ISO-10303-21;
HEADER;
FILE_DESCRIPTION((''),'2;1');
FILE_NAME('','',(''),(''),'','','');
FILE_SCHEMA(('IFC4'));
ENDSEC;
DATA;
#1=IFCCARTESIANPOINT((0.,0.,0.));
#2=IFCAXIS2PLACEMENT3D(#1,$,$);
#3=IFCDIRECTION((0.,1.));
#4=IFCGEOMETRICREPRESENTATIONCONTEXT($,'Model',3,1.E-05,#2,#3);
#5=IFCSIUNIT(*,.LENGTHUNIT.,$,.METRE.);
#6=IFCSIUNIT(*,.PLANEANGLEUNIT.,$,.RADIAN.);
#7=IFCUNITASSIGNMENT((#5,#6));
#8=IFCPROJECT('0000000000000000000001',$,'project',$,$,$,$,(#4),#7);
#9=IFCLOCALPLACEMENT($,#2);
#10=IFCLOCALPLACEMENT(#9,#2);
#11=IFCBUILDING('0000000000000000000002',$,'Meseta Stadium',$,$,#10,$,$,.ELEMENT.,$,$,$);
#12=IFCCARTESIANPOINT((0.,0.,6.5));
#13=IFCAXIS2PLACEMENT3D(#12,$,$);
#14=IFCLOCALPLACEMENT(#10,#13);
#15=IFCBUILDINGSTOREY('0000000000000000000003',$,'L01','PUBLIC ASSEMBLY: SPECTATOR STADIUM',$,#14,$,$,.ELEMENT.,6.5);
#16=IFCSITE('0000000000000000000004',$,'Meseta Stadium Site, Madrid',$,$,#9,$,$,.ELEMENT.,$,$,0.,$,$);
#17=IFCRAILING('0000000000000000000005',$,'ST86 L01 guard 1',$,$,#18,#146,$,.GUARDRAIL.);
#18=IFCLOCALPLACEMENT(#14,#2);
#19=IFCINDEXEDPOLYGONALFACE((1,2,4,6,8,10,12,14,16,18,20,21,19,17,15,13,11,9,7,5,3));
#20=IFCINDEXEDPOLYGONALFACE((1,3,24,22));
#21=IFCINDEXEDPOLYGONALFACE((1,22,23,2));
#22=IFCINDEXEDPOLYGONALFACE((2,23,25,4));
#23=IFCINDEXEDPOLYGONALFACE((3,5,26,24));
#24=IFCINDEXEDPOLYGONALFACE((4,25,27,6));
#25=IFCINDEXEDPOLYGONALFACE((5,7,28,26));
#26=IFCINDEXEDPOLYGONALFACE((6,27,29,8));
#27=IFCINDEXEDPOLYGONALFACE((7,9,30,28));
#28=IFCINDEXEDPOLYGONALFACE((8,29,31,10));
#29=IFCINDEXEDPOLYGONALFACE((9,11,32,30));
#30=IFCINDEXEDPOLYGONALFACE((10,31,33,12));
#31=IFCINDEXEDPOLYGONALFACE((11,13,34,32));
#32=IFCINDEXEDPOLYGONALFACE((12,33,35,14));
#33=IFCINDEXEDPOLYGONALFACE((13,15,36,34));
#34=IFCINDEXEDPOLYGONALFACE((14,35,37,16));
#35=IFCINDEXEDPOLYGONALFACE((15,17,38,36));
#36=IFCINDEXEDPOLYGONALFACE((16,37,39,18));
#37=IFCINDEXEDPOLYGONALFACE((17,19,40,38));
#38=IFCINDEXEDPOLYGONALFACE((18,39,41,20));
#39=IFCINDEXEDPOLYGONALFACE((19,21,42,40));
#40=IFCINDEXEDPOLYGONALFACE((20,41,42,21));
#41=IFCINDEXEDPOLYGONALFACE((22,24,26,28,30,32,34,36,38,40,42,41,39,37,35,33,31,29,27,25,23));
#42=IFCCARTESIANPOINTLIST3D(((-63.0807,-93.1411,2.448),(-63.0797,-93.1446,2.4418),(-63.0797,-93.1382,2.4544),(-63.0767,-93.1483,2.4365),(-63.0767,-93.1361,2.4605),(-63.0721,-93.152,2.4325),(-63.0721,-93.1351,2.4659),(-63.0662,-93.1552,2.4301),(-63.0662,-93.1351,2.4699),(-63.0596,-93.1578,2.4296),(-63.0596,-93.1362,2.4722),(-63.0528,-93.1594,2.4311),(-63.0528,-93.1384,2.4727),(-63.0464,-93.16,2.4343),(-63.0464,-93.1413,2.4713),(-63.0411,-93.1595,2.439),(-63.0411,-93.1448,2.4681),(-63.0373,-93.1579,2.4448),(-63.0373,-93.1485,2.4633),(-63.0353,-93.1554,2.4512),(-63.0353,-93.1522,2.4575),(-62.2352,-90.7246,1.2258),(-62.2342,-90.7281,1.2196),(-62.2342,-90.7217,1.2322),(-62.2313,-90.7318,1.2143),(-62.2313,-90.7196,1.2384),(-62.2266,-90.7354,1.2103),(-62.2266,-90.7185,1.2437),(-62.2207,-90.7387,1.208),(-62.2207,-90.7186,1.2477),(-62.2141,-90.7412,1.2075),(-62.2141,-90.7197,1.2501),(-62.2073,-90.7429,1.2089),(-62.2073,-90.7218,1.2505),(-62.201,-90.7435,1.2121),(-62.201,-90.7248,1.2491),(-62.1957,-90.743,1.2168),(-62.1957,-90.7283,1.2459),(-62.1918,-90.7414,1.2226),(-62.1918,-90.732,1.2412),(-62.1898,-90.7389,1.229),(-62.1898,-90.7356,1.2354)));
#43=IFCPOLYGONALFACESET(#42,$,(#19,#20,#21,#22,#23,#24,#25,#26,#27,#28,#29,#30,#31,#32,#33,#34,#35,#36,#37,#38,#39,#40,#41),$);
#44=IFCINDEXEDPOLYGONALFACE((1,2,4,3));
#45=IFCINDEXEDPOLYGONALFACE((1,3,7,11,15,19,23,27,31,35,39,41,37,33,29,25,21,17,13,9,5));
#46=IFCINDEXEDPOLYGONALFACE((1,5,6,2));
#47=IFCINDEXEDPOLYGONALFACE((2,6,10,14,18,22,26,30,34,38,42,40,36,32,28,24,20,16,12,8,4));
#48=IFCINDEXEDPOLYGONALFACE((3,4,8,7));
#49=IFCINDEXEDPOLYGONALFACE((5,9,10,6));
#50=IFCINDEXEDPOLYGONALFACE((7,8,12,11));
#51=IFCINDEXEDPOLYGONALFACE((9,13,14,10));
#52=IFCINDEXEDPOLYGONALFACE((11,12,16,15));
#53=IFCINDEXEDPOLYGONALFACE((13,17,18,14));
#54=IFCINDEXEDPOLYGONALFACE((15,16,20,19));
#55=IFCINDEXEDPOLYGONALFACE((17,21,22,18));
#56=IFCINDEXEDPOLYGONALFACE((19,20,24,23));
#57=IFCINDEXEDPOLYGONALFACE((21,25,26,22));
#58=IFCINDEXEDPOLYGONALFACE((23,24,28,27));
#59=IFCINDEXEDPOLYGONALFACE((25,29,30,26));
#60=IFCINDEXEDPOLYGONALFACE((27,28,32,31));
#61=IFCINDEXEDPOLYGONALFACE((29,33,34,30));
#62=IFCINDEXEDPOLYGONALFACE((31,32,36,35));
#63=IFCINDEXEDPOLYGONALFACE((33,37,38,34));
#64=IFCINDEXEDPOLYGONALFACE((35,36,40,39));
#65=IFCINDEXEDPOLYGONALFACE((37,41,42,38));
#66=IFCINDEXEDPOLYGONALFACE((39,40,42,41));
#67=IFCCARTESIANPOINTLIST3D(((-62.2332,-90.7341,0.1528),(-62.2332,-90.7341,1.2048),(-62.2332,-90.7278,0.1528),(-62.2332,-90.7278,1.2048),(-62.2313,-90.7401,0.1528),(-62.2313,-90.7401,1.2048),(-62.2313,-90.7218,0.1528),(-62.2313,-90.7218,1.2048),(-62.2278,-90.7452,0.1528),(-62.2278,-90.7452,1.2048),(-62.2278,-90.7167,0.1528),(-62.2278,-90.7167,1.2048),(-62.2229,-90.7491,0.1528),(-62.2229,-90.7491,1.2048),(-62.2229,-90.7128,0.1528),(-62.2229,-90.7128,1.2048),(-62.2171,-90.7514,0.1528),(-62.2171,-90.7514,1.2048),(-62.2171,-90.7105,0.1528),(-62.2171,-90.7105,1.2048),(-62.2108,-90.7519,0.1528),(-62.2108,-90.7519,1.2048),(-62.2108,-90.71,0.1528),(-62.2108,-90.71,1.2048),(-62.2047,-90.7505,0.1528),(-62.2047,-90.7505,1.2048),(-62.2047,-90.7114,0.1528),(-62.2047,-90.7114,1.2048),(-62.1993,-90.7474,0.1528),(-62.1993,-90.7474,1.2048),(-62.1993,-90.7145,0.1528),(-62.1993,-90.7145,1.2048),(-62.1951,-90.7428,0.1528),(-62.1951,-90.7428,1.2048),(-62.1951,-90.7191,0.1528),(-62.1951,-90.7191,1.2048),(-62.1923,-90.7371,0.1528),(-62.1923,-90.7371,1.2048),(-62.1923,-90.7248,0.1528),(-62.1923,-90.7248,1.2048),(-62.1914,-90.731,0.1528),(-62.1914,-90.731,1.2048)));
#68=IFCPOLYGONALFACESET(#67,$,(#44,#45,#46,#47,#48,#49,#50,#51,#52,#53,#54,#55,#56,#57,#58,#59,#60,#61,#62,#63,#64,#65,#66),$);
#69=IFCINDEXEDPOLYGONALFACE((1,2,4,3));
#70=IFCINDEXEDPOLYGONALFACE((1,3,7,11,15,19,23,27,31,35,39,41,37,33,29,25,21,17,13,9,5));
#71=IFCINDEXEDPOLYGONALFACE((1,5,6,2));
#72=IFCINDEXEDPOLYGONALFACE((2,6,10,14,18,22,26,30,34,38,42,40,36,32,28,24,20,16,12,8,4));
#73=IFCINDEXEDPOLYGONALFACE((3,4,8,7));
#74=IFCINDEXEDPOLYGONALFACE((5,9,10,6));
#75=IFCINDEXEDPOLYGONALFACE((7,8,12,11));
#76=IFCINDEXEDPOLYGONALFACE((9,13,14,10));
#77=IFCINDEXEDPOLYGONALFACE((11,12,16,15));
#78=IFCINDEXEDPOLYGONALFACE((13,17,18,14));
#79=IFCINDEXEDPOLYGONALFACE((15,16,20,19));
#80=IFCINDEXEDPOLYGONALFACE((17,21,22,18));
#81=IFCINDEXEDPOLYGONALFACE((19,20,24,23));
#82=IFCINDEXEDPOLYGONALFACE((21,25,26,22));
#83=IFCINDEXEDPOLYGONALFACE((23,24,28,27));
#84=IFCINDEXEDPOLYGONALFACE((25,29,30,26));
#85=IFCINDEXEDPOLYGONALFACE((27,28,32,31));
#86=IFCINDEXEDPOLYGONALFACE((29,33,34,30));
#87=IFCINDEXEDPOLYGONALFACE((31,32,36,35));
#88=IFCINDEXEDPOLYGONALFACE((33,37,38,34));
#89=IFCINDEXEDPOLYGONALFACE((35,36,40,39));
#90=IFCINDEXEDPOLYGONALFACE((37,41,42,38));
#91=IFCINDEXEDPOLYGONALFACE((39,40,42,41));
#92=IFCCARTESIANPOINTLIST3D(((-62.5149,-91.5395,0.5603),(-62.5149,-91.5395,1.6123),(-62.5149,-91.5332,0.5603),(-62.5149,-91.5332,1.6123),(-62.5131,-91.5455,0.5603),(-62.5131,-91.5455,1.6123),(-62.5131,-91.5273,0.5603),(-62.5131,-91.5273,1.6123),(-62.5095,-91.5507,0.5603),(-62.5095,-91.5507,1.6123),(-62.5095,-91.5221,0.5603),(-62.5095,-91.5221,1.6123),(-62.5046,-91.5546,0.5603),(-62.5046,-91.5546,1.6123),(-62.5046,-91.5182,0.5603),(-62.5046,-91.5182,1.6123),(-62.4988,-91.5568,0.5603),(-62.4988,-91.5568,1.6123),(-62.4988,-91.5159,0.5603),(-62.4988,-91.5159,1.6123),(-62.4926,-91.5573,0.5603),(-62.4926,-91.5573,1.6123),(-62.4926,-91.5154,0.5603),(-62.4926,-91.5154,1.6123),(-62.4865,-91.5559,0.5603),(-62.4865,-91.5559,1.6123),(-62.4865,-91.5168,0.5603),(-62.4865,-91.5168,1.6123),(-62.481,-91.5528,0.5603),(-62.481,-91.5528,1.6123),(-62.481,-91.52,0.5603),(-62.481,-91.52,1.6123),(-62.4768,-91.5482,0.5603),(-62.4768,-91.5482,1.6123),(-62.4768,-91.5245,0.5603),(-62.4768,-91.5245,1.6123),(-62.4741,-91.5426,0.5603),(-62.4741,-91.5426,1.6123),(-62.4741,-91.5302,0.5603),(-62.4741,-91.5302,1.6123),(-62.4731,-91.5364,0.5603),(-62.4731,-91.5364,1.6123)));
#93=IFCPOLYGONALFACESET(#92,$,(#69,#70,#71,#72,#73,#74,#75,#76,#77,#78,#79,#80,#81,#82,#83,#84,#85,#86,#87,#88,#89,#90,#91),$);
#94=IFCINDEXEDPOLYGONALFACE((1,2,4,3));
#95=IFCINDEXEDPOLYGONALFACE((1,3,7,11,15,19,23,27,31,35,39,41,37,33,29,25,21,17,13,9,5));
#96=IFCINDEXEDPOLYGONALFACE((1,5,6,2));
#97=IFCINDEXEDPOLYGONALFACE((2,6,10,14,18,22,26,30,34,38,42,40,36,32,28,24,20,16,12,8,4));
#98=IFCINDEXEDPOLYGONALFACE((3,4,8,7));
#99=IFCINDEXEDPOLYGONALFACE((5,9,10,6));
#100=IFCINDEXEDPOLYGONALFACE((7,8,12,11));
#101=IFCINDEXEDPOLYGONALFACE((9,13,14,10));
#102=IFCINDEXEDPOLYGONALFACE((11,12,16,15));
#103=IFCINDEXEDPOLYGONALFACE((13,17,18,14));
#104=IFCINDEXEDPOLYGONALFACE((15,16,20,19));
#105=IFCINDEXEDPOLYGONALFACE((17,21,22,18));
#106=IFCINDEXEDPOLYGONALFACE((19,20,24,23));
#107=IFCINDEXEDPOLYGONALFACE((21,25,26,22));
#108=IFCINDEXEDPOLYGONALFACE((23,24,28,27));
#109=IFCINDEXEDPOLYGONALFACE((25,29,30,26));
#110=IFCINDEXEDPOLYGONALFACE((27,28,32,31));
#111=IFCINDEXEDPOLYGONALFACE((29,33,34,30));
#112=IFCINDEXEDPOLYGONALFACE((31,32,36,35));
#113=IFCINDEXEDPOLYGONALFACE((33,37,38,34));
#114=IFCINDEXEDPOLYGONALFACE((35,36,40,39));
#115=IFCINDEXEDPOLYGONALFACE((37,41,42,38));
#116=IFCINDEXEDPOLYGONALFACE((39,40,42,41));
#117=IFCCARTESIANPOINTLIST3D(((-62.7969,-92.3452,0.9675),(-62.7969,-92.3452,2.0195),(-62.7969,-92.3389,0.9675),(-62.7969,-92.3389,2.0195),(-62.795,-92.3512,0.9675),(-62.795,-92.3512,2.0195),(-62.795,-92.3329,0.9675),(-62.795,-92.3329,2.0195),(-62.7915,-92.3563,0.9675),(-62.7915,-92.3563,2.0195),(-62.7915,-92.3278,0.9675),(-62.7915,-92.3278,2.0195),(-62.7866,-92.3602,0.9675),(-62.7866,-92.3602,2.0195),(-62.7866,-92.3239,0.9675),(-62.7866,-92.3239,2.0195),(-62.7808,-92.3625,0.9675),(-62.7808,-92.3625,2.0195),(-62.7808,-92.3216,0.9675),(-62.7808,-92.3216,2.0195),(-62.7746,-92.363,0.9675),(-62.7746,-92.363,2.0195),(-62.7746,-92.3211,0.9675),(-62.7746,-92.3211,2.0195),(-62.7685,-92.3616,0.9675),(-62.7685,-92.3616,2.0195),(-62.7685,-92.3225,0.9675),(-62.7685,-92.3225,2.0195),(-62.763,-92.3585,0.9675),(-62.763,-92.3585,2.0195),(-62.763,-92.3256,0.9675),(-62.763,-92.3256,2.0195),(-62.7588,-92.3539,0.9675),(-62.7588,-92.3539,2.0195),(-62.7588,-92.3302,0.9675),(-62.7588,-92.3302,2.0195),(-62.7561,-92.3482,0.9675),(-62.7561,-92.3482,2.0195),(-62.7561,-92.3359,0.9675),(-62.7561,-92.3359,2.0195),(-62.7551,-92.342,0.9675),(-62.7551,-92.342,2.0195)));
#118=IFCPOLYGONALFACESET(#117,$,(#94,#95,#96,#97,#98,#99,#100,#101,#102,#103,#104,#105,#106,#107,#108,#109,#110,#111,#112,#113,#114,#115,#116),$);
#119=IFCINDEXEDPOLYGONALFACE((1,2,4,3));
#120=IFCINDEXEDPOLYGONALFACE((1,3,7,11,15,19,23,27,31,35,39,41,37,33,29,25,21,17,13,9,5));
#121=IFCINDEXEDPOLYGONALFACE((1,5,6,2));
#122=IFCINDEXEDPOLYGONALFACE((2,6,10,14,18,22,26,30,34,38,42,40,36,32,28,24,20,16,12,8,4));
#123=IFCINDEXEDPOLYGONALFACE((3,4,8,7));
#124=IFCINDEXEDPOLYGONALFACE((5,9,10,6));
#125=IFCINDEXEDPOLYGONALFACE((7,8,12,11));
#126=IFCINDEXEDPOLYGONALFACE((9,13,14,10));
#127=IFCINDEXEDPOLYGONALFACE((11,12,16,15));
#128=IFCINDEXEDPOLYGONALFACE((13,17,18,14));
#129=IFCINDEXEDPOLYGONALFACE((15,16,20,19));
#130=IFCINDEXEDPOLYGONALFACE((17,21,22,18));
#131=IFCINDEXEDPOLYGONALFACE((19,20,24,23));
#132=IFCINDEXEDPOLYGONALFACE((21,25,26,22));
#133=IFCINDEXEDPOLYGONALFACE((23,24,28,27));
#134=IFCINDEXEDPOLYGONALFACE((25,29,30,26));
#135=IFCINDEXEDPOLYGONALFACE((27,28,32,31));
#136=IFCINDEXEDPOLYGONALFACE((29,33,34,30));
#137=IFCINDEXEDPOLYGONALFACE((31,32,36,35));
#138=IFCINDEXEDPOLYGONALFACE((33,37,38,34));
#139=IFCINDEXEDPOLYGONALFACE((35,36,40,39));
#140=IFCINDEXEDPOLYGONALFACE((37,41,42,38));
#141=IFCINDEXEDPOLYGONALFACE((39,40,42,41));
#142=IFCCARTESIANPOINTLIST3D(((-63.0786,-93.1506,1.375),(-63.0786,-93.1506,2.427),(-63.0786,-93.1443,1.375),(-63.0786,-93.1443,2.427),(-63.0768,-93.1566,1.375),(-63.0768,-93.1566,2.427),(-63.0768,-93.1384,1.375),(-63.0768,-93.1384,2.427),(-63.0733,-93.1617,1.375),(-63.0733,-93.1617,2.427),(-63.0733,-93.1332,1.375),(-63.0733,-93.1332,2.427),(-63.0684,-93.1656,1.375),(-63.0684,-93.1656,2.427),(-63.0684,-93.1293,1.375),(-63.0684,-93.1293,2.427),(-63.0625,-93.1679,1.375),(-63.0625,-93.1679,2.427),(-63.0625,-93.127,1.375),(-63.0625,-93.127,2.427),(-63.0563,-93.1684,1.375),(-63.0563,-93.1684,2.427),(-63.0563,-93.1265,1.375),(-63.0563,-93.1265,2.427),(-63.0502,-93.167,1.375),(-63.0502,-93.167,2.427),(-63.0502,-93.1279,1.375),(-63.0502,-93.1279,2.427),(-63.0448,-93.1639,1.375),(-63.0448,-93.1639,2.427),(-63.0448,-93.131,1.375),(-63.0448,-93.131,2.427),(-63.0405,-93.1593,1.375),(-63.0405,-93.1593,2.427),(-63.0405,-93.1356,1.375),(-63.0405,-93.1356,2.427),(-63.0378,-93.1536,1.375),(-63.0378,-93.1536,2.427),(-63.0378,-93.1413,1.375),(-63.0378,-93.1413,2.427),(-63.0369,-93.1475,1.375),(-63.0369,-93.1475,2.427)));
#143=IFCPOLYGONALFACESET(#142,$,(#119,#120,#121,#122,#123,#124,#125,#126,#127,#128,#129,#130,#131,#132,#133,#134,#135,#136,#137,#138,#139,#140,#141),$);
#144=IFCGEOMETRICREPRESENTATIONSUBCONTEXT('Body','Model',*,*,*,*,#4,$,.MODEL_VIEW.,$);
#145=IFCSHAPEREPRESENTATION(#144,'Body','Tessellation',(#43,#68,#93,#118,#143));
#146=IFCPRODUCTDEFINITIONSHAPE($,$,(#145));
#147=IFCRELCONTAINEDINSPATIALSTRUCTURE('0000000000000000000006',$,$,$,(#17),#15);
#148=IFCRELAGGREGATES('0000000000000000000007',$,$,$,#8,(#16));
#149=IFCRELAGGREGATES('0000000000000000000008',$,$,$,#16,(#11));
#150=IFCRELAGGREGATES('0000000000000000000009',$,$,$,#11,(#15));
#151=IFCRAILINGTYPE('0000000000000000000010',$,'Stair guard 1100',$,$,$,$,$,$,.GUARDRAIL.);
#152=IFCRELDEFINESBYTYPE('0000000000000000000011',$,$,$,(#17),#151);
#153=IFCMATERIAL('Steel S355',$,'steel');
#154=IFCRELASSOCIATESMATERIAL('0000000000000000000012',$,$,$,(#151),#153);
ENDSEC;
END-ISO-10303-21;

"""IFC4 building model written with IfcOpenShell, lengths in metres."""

from ifc_helpers import new_model, si_unit, direction, frame, origin, origin_2d, place, context, subcontext, project, spatial, circle, extrude, material, type_object, element, save


model = new_model("IFC4")

# Units and contexts
model_context = context("Model", 3, precision=1e-05, world=origin(), true_north=direction((0.0, 1.0)))
body_context = subcontext(model_context, "Body", "Model", "MODEL_VIEW")
ifc_project = project(units=[si_unit("LENGTHUNIT", "METRE"), si_unit("PLANEANGLEUNIT", "RADIAN")], contexts=[model_context])

# Site, building, storey
site_placement = place(None, origin())
site = spatial("IfcSite", under=ifc_project, at=site_placement, Name="Meseta Stadium Site, Madrid", CompositionType="ELEMENT", RefElevation=0.0)
building_placement = place(site_placement, origin())
building = spatial("IfcBuilding", under=site, at=building_placement, Name="Meseta Stadium", CompositionType="ELEMENT")
storey_placement = place(building_placement, frame((0.0, 0.0, 6.5)))
storey = spatial("IfcBuildingStorey", under=building, at=storey_placement, Name="L01", Description="PUBLIC ASSEMBLY: SPECTATOR STADIUM", CompositionType="ELEMENT", Elevation=6.5)

# Railing
ifc_material_1 = material(Name="Steel S355", Category="steel")
railing_type_1 = type_object("IfcRailingType", Name="Stair guard 1100", PredefinedType="GUARDRAIL", material=ifc_material_1)
railing_1_placement = place(storey_placement, frame((-62.2124, -90.731, 0.1528)))
element("IfcRailing", 1, at=railing_1_placement, inside=storey, type_object=railing_type_1, Name="ST86 L01 guard 1", PredefinedType="GUARDRAIL", context=body_context, shape_type="SweptSolid", body=[
    extrude(circle(Radius=0.0239, at=origin_2d()), frame((0.0, 0.0, 1.0762), z_axis=(-0.298022, -0.851812, 0.430811), x_axis=(0.943897, -0.33024, 0.0)), (0.0, 0.0, 1.0), 2.8369),
    extrude(circle(Radius=0.021, at=origin_2d()), origin(), (0.0, 0.0, 1.0), 1.052),
    extrude(circle(Radius=0.021, at=origin_2d()), frame((-0.2817, -0.8054, 0.4075)), (0.0, 0.0, 1.0), 1.052),
    extrude(circle(Radius=0.021, at=origin_2d()), frame((-0.5637, -1.6111, 0.8147)), (0.0, 0.0, 1.0), 1.052),
    extrude(circle(Radius=0.021, at=origin_2d()), frame((-0.8455, -2.4165, 1.2222)), (0.0, 0.0, 1.0), 1.052),
])

save(model, "model.ifc")
